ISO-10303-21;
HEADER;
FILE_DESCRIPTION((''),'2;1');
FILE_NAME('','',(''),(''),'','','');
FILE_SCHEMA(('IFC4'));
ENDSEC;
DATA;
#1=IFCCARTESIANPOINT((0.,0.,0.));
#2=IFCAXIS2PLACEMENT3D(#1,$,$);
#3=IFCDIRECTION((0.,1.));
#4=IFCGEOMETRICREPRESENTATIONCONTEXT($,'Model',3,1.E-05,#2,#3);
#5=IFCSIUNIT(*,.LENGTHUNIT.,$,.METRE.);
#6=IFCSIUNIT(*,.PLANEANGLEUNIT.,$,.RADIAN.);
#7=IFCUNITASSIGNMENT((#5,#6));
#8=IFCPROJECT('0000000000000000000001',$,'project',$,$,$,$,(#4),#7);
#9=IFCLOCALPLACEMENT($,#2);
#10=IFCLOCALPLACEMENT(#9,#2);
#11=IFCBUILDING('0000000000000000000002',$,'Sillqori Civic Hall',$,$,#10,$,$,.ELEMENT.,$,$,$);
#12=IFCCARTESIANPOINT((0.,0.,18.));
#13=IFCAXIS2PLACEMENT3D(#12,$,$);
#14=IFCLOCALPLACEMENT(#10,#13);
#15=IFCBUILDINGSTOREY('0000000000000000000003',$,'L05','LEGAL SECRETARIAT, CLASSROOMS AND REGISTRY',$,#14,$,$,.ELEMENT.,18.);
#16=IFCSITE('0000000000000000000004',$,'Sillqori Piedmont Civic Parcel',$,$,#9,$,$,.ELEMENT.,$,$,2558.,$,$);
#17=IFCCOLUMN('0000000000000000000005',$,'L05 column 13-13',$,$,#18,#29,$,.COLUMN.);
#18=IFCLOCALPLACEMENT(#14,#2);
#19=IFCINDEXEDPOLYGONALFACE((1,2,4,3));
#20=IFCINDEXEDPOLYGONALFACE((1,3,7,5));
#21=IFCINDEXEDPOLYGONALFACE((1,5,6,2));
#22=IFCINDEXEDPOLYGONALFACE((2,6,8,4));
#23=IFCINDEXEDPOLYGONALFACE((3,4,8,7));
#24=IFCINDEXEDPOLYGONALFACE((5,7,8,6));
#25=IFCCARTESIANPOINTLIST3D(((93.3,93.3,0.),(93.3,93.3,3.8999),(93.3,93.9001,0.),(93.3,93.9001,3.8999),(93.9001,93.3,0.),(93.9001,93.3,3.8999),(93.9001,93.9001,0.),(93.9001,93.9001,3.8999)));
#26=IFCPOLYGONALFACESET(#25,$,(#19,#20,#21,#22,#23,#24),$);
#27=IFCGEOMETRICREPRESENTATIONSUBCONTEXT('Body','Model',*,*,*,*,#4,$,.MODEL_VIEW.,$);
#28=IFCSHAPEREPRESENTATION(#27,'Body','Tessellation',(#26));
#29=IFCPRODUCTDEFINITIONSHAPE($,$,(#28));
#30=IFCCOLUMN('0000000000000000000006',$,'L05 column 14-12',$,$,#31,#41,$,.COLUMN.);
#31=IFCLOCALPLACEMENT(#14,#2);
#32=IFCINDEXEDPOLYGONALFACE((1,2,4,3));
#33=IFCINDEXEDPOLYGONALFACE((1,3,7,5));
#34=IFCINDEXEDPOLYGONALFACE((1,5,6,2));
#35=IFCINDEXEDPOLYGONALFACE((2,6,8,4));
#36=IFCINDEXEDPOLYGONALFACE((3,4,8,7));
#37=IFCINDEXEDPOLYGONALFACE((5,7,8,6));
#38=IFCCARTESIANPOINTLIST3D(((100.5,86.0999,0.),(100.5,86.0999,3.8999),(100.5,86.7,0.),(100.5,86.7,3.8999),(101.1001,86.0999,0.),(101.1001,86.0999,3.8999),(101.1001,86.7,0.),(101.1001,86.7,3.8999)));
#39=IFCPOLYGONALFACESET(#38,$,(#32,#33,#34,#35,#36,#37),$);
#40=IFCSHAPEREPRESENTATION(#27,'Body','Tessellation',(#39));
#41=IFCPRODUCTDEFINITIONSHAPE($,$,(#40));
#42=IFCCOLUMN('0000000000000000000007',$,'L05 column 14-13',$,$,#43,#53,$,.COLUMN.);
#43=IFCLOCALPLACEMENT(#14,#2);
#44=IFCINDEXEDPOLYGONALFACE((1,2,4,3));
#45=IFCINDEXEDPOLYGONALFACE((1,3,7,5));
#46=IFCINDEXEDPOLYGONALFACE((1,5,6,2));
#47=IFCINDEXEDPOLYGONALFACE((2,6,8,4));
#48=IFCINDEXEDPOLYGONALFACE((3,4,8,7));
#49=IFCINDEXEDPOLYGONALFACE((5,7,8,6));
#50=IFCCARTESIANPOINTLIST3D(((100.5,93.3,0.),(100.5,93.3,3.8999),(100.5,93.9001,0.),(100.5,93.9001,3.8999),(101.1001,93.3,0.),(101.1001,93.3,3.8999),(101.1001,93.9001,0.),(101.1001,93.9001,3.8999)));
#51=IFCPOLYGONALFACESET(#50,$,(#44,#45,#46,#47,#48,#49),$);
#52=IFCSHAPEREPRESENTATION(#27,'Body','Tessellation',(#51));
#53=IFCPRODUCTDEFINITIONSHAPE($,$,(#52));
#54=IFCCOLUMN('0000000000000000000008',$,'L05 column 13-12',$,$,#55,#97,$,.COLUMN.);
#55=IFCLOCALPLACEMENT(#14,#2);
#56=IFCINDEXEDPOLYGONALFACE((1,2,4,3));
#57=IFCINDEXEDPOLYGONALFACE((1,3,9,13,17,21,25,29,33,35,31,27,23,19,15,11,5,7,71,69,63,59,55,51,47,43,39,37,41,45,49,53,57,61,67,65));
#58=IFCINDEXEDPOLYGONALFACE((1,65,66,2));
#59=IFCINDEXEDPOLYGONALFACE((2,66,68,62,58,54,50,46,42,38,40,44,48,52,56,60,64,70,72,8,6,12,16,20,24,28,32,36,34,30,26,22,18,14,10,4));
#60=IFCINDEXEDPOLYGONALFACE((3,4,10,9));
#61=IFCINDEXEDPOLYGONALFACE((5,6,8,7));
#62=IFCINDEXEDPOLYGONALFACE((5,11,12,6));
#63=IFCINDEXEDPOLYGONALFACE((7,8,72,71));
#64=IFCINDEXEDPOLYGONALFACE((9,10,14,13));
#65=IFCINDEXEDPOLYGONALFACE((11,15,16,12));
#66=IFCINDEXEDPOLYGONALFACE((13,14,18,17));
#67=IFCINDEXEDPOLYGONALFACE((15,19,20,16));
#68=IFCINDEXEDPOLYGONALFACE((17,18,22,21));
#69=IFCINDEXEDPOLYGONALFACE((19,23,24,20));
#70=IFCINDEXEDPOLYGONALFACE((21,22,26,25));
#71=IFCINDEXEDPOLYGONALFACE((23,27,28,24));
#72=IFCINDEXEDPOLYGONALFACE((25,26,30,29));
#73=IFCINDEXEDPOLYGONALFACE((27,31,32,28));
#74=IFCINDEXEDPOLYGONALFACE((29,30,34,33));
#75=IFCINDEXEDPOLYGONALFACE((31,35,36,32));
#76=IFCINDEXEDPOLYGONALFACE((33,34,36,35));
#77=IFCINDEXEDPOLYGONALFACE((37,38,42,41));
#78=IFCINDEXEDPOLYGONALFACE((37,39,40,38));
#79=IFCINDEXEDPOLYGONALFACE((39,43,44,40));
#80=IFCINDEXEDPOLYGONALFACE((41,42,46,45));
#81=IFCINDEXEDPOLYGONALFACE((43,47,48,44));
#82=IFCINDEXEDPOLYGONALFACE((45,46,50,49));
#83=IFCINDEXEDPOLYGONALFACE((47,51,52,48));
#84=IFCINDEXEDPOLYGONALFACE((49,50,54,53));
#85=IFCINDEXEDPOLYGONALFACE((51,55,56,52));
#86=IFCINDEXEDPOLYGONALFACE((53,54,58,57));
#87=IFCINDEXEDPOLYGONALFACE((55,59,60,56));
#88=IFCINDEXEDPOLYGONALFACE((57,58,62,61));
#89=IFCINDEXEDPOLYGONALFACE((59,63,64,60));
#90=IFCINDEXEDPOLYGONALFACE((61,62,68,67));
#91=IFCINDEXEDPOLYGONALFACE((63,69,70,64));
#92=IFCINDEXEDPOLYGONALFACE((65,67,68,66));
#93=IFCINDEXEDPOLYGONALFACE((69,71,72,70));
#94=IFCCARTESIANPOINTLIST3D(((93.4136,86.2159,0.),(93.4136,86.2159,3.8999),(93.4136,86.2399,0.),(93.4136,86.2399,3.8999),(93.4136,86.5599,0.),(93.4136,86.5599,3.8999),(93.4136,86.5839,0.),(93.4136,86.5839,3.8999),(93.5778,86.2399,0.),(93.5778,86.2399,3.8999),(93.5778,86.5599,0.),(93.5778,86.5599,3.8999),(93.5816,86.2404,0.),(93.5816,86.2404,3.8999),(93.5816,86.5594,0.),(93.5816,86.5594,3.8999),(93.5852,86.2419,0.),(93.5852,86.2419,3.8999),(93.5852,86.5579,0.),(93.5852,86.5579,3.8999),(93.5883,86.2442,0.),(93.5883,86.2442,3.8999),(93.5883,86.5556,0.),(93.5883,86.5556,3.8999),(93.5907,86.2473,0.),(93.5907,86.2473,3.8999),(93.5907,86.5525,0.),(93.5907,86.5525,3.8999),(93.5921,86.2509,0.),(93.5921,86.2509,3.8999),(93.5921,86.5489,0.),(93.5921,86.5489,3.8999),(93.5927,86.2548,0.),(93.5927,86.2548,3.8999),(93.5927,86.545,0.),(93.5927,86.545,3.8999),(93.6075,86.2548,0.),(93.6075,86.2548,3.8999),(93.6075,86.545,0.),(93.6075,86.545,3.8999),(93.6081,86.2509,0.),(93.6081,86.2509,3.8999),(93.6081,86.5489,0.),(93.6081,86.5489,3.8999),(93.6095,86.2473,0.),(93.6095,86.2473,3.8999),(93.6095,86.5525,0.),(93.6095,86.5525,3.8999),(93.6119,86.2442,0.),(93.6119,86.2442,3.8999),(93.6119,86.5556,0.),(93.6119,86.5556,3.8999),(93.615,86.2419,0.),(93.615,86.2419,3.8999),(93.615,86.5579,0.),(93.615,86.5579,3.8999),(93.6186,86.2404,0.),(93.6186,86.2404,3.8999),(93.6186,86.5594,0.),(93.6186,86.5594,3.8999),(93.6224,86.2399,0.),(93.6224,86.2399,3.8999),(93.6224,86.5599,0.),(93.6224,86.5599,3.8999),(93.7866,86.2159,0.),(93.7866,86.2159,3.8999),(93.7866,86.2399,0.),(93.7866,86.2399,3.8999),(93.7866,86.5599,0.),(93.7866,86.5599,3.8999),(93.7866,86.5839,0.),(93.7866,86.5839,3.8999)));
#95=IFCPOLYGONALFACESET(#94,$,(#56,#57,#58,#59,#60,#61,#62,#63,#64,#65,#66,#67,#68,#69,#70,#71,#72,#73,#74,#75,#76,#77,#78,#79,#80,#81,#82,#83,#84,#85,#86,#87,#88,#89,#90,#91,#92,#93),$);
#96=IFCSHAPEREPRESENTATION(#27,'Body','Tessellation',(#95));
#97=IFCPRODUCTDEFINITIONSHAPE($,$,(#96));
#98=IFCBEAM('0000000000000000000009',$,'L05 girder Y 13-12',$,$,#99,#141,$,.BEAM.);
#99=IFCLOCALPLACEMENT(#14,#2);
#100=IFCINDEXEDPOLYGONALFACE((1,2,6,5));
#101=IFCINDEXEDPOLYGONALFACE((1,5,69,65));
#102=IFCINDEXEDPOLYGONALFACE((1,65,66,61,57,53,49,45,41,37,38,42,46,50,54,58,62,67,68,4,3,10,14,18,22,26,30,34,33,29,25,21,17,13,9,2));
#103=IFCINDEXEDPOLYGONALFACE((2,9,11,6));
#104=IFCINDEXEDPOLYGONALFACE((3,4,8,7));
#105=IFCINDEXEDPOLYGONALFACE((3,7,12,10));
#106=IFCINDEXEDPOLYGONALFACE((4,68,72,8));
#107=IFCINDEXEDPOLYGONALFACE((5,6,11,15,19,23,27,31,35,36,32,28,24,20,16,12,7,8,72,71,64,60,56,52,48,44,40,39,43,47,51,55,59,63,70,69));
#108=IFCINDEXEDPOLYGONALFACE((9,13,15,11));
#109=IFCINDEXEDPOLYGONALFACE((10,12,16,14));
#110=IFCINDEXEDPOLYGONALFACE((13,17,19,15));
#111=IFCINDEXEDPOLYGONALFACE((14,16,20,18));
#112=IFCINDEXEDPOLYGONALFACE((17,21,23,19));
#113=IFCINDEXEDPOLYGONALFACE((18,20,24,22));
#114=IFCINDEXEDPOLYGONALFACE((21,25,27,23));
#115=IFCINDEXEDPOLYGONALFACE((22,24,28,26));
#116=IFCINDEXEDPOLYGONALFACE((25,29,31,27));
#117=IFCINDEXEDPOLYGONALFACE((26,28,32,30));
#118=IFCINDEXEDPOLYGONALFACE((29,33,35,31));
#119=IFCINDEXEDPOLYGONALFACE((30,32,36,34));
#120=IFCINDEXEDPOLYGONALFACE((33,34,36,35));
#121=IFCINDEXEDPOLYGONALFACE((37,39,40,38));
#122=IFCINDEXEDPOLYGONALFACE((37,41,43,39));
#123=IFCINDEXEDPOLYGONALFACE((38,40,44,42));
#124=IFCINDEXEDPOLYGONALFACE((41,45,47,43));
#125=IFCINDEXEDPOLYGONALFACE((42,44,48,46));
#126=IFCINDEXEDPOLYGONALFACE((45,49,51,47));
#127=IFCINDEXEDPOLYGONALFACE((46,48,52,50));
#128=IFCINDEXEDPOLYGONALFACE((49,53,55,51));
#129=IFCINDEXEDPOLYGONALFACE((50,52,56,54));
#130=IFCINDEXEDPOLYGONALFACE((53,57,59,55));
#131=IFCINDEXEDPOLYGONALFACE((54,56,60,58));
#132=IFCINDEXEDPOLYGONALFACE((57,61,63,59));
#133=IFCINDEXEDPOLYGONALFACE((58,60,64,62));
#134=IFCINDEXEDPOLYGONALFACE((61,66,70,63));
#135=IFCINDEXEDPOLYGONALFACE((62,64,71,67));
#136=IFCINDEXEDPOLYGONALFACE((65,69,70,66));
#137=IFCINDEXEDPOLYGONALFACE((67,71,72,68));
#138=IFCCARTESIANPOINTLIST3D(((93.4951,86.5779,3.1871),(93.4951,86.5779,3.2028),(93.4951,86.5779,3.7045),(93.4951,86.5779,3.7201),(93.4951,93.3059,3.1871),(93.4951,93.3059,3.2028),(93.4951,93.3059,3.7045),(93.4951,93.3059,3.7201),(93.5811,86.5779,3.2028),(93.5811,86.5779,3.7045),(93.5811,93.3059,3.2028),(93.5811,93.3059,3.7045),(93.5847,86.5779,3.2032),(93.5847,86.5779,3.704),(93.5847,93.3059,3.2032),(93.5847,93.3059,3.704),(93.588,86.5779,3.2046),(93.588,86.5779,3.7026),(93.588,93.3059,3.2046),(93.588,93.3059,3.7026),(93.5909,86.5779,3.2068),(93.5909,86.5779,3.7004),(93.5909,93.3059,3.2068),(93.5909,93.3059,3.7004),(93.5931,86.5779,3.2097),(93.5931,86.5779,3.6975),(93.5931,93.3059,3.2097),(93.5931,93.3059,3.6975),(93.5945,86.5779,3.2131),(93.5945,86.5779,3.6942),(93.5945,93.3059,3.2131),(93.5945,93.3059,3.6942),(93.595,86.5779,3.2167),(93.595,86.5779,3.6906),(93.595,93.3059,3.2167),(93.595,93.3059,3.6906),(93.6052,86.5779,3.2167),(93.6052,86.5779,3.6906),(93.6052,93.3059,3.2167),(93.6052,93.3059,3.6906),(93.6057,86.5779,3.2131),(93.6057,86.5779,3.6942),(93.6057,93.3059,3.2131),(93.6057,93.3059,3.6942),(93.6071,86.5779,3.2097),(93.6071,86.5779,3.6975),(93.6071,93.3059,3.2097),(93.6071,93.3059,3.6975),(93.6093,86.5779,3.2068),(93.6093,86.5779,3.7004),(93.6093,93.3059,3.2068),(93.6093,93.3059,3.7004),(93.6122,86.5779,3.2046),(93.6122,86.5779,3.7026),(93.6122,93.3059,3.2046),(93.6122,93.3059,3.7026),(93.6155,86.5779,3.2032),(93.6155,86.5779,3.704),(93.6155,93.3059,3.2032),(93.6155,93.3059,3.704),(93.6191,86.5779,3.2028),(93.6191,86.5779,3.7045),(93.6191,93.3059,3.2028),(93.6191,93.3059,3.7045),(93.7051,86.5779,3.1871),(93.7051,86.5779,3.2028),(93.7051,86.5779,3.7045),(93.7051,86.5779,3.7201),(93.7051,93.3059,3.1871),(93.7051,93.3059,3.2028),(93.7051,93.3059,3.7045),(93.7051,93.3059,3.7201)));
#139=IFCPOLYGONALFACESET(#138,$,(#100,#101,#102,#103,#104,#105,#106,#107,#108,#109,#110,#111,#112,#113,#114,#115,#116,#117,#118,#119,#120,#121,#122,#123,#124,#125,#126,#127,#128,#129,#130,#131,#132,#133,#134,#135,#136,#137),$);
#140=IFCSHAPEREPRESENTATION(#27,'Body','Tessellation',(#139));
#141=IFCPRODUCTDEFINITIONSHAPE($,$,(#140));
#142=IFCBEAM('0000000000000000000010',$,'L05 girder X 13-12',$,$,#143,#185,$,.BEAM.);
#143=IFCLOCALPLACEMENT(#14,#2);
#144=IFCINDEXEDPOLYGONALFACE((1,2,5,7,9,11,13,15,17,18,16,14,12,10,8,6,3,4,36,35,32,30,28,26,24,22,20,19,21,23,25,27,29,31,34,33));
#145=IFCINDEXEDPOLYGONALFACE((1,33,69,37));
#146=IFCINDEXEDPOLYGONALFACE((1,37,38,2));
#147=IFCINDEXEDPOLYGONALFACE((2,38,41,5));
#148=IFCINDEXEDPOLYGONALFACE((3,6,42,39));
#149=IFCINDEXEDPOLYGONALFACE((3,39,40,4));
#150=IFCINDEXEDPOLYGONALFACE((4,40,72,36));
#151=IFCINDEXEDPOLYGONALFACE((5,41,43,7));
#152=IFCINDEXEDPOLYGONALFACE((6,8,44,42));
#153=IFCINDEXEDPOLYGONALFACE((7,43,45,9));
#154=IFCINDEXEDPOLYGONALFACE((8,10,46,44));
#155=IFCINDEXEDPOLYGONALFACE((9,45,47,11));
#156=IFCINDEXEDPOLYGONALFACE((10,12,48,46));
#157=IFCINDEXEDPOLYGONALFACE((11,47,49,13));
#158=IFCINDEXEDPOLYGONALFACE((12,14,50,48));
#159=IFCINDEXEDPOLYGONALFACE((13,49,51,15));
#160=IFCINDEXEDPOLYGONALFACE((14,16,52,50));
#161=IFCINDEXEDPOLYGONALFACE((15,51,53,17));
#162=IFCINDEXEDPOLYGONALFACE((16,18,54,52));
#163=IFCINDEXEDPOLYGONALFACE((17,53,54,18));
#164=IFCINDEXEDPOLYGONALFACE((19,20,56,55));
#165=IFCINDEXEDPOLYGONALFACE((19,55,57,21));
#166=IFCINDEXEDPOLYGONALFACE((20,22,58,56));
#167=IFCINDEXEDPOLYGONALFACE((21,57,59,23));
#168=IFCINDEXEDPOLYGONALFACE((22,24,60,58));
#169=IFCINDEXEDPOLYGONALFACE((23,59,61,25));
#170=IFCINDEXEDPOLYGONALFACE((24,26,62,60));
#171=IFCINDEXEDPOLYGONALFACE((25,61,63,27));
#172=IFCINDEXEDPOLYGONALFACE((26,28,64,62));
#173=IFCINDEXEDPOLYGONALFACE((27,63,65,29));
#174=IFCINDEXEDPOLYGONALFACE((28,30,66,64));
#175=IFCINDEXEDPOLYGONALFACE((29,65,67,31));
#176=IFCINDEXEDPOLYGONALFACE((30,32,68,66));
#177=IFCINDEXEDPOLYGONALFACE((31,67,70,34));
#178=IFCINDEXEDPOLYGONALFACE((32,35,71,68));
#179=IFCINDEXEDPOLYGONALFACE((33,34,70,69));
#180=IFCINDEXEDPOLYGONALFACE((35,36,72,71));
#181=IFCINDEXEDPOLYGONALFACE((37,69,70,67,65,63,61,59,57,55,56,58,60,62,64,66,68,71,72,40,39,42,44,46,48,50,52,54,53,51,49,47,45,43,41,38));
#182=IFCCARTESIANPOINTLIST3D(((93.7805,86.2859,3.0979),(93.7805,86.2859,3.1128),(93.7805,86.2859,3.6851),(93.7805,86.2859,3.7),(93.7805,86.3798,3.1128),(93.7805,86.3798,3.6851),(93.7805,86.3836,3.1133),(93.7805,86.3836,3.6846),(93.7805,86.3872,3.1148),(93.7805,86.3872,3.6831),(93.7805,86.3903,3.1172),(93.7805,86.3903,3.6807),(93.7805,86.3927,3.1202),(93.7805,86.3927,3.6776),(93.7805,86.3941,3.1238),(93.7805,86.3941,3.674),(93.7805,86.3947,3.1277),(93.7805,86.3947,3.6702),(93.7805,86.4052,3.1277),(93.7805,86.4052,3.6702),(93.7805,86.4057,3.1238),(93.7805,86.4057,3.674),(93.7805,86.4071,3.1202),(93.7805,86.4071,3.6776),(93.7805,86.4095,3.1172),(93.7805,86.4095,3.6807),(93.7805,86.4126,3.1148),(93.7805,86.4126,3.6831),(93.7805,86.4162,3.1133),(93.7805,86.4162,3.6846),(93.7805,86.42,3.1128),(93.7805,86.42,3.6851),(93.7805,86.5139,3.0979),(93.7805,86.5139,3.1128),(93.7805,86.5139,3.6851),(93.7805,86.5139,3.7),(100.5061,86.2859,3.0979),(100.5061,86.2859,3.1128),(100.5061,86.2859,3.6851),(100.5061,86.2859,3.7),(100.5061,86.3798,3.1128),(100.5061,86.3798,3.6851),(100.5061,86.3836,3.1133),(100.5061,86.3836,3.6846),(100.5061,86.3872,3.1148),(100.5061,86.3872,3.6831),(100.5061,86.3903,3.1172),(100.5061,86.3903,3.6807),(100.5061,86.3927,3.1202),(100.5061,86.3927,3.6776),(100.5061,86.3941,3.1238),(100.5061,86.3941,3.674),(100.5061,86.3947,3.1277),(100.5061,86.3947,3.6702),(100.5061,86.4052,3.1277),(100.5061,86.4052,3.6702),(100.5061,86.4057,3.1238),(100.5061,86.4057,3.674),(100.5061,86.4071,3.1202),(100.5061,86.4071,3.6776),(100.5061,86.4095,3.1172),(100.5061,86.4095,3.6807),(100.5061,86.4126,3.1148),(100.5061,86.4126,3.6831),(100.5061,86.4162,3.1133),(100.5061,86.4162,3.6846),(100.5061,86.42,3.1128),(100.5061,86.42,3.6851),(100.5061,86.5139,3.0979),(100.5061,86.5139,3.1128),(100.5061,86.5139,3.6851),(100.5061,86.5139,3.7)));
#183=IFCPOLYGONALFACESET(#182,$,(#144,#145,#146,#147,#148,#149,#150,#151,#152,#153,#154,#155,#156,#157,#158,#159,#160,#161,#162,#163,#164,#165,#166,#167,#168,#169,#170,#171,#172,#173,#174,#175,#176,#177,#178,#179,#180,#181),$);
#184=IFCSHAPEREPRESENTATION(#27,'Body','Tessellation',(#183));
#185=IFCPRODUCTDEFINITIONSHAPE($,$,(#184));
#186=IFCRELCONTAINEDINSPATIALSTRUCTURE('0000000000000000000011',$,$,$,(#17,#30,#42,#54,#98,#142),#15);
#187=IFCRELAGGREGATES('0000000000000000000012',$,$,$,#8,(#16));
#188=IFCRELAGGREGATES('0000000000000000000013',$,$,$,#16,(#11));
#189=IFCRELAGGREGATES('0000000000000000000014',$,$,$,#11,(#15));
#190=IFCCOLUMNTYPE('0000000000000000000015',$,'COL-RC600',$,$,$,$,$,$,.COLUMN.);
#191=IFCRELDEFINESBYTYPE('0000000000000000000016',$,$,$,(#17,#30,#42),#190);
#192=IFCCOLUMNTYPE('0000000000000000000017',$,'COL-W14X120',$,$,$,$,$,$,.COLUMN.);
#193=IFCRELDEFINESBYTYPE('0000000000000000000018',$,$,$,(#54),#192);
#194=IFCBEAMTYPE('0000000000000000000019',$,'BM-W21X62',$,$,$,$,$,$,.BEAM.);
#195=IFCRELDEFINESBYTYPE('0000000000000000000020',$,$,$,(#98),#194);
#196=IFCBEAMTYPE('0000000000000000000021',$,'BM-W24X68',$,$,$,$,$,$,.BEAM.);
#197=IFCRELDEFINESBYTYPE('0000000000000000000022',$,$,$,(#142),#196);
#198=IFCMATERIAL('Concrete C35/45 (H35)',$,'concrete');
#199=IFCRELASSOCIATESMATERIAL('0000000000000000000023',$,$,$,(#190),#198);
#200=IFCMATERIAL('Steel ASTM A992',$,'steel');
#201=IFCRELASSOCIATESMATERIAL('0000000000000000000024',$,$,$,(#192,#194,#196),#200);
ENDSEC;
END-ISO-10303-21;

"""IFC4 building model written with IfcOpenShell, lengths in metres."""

from ifc_helpers import new_model, si_unit, direction, frame, origin, origin_2d, place, context, subcontext, project, spatial, rectangle, i_section, extrude, material, material_profile, profile_set, type_object, element, save


model = new_model("IFC4")

# Units and contexts
model_context = context("Model", 3, precision=1e-05, world=origin(), true_north=direction((0.0, 1.0)))
body_context = subcontext(model_context, "Body", "Model", "MODEL_VIEW")
ifc_project = project(units=[si_unit("LENGTHUNIT", "METRE"), si_unit("PLANEANGLEUNIT", "RADIAN")], contexts=[model_context])

# Site, building, storey
site_placement = place(None, origin())
site = spatial("IfcSite", under=ifc_project, at=site_placement, Name="Sillqori Piedmont Civic Parcel", CompositionType="ELEMENT", RefElevation=2558.0)
building_placement = place(site_placement, origin())
building = spatial("IfcBuilding", under=site, at=building_placement, Name="Sillqori Civic Hall", CompositionType="ELEMENT")
storey_placement = place(building_placement, frame((0.0, 0.0, 18.0)))
storey = spatial("IfcBuildingStorey", under=building, at=storey_placement, Name="L05", Description="LEGAL SECRETARIAT, CLASSROOMS AND REGISTRY", CompositionType="ELEMENT", Elevation=18.0)

# Columns
ifc_material_1 = material(Name="Concrete C35/45 (H35)", Category="concrete")
ifc_material_profile_1 = material_profile(ifc_material_1, rectangle(XDim=0.6001, YDim=0.6001, at=origin_2d()), Name="RC 600x600")
ifc_profile_set_1 = profile_set([ifc_material_profile_1], Name="Concrete C35/45 (H35)")
column_type_1 = type_object("IfcColumnType", Name="COL-RC600", PredefinedType="COLUMN", material=ifc_profile_set_1)
for number, where, z_axis, x_axis, name in (
    (1, (93.6001, 93.6001, 0.0), (0.0, 0.0, 1.0), (1.0, 0.0, 0.0), "L05 column 13-13"),
    (2, (100.8, 86.3999, 0.0), (0.0, 0.0, 1.0), (1.0, 0.0, 0.0), "L05 column 14-12"),
    (3, (100.8, 93.6001, 0.0), (0.0, 0.0, 1.0), (1.0, 0.0, 0.0), "L05 column 14-13"),
):
    element("IfcColumn", number, at=place(storey_placement, frame(where, z_axis=z_axis, x_axis=x_axis)), inside=storey, type_object=column_type_1, Name=name, PredefinedType="COLUMN", context=body_context, shape_type="SweptSolid", body=[
        extrude(rectangle(XDim=0.6001, YDim=0.6001, at=origin_2d()), origin(), (0.0, 0.0, 1.0), 3.8999),
    ])
ifc_material_2 = material(Name="Steel ASTM A992", Category="steel")
ifc_material_profile_2 = material_profile(ifc_material_2, i_section(OverallWidth=0.373, OverallDepth=0.3679, WebThickness=0.0149, FlangeThickness=0.0239, FilletRadius=0.0149, at=origin_2d()), Name="W14X120")
ifc_profile_set_2 = profile_set([ifc_material_profile_2], Name="Steel ASTM A992")
column_type_2 = type_object("IfcColumnType", Name="COL-W14X120", PredefinedType="COLUMN", material=ifc_profile_set_2)
column_placement = place(storey_placement, frame((93.6001, 86.3999, 0.0), z_axis=(0.0, 0.0, 1.0), x_axis=(1.0, 0.0, 0.0)))
element("IfcColumn", 4, at=column_placement, inside=storey, type_object=column_type_2, Name="L05 column 13-12", PredefinedType="COLUMN", context=body_context, shape_type="SweptSolid", body=[
    extrude(i_section(OverallWidth=0.373, OverallDepth=0.3679, WebThickness=0.0149, FlangeThickness=0.0239, FilletRadius=0.0149, at=origin_2d()), origin(), (0.0, 0.0, 1.0), 3.8999),
])

# Beams
ifc_material_profile_3 = material_profile(ifc_material_2, i_section(OverallWidth=0.21, OverallDepth=0.533, WebThickness=0.0103, FlangeThickness=0.0156, FilletRadius=0.0139, at=origin_2d()), Name="W21X62")
ifc_profile_set_3 = profile_set([ifc_material_profile_3], Name="Steel ASTM A992")
beam_type_1 = type_object("IfcBeamType", Name="BM-W21X62", PredefinedType="BEAM", material=ifc_profile_set_3)
beam_1_placement = place(storey_placement, frame((93.6001, 86.5779, 3.4536), z_axis=(0.0, 1.0, 0.0), x_axis=(-1.0, 0.0, 0.0)))
element("IfcBeam", 5, at=beam_1_placement, inside=storey, type_object=beam_type_1, Name="L05 girder Y 13-12", PredefinedType="BEAM", context=body_context, shape_type="SweptSolid", body=[
    extrude(i_section(OverallWidth=0.21, OverallDepth=0.533, WebThickness=0.0103, FlangeThickness=0.0156, FilletRadius=0.0139, at=origin_2d()), origin(), (0.0, 0.0, 1.0), 6.728),
])
ifc_material_profile_4 = material_profile(ifc_material_2, i_section(OverallWidth=0.228, OverallDepth=0.6021, WebThickness=0.0105, FlangeThickness=0.0149, FilletRadius=0.0149, at=origin_2d()), Name="W24X68")
ifc_profile_set_4 = profile_set([ifc_material_profile_4], Name="Steel ASTM A992")
beam_type_2 = type_object("IfcBeamType", Name="BM-W24X68", PredefinedType="BEAM", material=ifc_profile_set_4)
beam_2_placement = place(storey_placement, frame((93.7805, 86.3999, 3.3989), z_axis=(1.0, 0.0, 0.0), x_axis=(0.0, 1.0, 0.0)))
element("IfcBeam", 6, at=beam_2_placement, inside=storey, type_object=beam_type_2, Name="L05 girder X 13-12", PredefinedType="BEAM", context=body_context, shape_type="SweptSolid", body=[
    extrude(i_section(OverallWidth=0.228, OverallDepth=0.6021, WebThickness=0.0105, FlangeThickness=0.0149, FilletRadius=0.0149, at=origin_2d()), origin(), (0.0, 0.0, 1.0), 6.7256),
])

save(model, "model.ifc")
